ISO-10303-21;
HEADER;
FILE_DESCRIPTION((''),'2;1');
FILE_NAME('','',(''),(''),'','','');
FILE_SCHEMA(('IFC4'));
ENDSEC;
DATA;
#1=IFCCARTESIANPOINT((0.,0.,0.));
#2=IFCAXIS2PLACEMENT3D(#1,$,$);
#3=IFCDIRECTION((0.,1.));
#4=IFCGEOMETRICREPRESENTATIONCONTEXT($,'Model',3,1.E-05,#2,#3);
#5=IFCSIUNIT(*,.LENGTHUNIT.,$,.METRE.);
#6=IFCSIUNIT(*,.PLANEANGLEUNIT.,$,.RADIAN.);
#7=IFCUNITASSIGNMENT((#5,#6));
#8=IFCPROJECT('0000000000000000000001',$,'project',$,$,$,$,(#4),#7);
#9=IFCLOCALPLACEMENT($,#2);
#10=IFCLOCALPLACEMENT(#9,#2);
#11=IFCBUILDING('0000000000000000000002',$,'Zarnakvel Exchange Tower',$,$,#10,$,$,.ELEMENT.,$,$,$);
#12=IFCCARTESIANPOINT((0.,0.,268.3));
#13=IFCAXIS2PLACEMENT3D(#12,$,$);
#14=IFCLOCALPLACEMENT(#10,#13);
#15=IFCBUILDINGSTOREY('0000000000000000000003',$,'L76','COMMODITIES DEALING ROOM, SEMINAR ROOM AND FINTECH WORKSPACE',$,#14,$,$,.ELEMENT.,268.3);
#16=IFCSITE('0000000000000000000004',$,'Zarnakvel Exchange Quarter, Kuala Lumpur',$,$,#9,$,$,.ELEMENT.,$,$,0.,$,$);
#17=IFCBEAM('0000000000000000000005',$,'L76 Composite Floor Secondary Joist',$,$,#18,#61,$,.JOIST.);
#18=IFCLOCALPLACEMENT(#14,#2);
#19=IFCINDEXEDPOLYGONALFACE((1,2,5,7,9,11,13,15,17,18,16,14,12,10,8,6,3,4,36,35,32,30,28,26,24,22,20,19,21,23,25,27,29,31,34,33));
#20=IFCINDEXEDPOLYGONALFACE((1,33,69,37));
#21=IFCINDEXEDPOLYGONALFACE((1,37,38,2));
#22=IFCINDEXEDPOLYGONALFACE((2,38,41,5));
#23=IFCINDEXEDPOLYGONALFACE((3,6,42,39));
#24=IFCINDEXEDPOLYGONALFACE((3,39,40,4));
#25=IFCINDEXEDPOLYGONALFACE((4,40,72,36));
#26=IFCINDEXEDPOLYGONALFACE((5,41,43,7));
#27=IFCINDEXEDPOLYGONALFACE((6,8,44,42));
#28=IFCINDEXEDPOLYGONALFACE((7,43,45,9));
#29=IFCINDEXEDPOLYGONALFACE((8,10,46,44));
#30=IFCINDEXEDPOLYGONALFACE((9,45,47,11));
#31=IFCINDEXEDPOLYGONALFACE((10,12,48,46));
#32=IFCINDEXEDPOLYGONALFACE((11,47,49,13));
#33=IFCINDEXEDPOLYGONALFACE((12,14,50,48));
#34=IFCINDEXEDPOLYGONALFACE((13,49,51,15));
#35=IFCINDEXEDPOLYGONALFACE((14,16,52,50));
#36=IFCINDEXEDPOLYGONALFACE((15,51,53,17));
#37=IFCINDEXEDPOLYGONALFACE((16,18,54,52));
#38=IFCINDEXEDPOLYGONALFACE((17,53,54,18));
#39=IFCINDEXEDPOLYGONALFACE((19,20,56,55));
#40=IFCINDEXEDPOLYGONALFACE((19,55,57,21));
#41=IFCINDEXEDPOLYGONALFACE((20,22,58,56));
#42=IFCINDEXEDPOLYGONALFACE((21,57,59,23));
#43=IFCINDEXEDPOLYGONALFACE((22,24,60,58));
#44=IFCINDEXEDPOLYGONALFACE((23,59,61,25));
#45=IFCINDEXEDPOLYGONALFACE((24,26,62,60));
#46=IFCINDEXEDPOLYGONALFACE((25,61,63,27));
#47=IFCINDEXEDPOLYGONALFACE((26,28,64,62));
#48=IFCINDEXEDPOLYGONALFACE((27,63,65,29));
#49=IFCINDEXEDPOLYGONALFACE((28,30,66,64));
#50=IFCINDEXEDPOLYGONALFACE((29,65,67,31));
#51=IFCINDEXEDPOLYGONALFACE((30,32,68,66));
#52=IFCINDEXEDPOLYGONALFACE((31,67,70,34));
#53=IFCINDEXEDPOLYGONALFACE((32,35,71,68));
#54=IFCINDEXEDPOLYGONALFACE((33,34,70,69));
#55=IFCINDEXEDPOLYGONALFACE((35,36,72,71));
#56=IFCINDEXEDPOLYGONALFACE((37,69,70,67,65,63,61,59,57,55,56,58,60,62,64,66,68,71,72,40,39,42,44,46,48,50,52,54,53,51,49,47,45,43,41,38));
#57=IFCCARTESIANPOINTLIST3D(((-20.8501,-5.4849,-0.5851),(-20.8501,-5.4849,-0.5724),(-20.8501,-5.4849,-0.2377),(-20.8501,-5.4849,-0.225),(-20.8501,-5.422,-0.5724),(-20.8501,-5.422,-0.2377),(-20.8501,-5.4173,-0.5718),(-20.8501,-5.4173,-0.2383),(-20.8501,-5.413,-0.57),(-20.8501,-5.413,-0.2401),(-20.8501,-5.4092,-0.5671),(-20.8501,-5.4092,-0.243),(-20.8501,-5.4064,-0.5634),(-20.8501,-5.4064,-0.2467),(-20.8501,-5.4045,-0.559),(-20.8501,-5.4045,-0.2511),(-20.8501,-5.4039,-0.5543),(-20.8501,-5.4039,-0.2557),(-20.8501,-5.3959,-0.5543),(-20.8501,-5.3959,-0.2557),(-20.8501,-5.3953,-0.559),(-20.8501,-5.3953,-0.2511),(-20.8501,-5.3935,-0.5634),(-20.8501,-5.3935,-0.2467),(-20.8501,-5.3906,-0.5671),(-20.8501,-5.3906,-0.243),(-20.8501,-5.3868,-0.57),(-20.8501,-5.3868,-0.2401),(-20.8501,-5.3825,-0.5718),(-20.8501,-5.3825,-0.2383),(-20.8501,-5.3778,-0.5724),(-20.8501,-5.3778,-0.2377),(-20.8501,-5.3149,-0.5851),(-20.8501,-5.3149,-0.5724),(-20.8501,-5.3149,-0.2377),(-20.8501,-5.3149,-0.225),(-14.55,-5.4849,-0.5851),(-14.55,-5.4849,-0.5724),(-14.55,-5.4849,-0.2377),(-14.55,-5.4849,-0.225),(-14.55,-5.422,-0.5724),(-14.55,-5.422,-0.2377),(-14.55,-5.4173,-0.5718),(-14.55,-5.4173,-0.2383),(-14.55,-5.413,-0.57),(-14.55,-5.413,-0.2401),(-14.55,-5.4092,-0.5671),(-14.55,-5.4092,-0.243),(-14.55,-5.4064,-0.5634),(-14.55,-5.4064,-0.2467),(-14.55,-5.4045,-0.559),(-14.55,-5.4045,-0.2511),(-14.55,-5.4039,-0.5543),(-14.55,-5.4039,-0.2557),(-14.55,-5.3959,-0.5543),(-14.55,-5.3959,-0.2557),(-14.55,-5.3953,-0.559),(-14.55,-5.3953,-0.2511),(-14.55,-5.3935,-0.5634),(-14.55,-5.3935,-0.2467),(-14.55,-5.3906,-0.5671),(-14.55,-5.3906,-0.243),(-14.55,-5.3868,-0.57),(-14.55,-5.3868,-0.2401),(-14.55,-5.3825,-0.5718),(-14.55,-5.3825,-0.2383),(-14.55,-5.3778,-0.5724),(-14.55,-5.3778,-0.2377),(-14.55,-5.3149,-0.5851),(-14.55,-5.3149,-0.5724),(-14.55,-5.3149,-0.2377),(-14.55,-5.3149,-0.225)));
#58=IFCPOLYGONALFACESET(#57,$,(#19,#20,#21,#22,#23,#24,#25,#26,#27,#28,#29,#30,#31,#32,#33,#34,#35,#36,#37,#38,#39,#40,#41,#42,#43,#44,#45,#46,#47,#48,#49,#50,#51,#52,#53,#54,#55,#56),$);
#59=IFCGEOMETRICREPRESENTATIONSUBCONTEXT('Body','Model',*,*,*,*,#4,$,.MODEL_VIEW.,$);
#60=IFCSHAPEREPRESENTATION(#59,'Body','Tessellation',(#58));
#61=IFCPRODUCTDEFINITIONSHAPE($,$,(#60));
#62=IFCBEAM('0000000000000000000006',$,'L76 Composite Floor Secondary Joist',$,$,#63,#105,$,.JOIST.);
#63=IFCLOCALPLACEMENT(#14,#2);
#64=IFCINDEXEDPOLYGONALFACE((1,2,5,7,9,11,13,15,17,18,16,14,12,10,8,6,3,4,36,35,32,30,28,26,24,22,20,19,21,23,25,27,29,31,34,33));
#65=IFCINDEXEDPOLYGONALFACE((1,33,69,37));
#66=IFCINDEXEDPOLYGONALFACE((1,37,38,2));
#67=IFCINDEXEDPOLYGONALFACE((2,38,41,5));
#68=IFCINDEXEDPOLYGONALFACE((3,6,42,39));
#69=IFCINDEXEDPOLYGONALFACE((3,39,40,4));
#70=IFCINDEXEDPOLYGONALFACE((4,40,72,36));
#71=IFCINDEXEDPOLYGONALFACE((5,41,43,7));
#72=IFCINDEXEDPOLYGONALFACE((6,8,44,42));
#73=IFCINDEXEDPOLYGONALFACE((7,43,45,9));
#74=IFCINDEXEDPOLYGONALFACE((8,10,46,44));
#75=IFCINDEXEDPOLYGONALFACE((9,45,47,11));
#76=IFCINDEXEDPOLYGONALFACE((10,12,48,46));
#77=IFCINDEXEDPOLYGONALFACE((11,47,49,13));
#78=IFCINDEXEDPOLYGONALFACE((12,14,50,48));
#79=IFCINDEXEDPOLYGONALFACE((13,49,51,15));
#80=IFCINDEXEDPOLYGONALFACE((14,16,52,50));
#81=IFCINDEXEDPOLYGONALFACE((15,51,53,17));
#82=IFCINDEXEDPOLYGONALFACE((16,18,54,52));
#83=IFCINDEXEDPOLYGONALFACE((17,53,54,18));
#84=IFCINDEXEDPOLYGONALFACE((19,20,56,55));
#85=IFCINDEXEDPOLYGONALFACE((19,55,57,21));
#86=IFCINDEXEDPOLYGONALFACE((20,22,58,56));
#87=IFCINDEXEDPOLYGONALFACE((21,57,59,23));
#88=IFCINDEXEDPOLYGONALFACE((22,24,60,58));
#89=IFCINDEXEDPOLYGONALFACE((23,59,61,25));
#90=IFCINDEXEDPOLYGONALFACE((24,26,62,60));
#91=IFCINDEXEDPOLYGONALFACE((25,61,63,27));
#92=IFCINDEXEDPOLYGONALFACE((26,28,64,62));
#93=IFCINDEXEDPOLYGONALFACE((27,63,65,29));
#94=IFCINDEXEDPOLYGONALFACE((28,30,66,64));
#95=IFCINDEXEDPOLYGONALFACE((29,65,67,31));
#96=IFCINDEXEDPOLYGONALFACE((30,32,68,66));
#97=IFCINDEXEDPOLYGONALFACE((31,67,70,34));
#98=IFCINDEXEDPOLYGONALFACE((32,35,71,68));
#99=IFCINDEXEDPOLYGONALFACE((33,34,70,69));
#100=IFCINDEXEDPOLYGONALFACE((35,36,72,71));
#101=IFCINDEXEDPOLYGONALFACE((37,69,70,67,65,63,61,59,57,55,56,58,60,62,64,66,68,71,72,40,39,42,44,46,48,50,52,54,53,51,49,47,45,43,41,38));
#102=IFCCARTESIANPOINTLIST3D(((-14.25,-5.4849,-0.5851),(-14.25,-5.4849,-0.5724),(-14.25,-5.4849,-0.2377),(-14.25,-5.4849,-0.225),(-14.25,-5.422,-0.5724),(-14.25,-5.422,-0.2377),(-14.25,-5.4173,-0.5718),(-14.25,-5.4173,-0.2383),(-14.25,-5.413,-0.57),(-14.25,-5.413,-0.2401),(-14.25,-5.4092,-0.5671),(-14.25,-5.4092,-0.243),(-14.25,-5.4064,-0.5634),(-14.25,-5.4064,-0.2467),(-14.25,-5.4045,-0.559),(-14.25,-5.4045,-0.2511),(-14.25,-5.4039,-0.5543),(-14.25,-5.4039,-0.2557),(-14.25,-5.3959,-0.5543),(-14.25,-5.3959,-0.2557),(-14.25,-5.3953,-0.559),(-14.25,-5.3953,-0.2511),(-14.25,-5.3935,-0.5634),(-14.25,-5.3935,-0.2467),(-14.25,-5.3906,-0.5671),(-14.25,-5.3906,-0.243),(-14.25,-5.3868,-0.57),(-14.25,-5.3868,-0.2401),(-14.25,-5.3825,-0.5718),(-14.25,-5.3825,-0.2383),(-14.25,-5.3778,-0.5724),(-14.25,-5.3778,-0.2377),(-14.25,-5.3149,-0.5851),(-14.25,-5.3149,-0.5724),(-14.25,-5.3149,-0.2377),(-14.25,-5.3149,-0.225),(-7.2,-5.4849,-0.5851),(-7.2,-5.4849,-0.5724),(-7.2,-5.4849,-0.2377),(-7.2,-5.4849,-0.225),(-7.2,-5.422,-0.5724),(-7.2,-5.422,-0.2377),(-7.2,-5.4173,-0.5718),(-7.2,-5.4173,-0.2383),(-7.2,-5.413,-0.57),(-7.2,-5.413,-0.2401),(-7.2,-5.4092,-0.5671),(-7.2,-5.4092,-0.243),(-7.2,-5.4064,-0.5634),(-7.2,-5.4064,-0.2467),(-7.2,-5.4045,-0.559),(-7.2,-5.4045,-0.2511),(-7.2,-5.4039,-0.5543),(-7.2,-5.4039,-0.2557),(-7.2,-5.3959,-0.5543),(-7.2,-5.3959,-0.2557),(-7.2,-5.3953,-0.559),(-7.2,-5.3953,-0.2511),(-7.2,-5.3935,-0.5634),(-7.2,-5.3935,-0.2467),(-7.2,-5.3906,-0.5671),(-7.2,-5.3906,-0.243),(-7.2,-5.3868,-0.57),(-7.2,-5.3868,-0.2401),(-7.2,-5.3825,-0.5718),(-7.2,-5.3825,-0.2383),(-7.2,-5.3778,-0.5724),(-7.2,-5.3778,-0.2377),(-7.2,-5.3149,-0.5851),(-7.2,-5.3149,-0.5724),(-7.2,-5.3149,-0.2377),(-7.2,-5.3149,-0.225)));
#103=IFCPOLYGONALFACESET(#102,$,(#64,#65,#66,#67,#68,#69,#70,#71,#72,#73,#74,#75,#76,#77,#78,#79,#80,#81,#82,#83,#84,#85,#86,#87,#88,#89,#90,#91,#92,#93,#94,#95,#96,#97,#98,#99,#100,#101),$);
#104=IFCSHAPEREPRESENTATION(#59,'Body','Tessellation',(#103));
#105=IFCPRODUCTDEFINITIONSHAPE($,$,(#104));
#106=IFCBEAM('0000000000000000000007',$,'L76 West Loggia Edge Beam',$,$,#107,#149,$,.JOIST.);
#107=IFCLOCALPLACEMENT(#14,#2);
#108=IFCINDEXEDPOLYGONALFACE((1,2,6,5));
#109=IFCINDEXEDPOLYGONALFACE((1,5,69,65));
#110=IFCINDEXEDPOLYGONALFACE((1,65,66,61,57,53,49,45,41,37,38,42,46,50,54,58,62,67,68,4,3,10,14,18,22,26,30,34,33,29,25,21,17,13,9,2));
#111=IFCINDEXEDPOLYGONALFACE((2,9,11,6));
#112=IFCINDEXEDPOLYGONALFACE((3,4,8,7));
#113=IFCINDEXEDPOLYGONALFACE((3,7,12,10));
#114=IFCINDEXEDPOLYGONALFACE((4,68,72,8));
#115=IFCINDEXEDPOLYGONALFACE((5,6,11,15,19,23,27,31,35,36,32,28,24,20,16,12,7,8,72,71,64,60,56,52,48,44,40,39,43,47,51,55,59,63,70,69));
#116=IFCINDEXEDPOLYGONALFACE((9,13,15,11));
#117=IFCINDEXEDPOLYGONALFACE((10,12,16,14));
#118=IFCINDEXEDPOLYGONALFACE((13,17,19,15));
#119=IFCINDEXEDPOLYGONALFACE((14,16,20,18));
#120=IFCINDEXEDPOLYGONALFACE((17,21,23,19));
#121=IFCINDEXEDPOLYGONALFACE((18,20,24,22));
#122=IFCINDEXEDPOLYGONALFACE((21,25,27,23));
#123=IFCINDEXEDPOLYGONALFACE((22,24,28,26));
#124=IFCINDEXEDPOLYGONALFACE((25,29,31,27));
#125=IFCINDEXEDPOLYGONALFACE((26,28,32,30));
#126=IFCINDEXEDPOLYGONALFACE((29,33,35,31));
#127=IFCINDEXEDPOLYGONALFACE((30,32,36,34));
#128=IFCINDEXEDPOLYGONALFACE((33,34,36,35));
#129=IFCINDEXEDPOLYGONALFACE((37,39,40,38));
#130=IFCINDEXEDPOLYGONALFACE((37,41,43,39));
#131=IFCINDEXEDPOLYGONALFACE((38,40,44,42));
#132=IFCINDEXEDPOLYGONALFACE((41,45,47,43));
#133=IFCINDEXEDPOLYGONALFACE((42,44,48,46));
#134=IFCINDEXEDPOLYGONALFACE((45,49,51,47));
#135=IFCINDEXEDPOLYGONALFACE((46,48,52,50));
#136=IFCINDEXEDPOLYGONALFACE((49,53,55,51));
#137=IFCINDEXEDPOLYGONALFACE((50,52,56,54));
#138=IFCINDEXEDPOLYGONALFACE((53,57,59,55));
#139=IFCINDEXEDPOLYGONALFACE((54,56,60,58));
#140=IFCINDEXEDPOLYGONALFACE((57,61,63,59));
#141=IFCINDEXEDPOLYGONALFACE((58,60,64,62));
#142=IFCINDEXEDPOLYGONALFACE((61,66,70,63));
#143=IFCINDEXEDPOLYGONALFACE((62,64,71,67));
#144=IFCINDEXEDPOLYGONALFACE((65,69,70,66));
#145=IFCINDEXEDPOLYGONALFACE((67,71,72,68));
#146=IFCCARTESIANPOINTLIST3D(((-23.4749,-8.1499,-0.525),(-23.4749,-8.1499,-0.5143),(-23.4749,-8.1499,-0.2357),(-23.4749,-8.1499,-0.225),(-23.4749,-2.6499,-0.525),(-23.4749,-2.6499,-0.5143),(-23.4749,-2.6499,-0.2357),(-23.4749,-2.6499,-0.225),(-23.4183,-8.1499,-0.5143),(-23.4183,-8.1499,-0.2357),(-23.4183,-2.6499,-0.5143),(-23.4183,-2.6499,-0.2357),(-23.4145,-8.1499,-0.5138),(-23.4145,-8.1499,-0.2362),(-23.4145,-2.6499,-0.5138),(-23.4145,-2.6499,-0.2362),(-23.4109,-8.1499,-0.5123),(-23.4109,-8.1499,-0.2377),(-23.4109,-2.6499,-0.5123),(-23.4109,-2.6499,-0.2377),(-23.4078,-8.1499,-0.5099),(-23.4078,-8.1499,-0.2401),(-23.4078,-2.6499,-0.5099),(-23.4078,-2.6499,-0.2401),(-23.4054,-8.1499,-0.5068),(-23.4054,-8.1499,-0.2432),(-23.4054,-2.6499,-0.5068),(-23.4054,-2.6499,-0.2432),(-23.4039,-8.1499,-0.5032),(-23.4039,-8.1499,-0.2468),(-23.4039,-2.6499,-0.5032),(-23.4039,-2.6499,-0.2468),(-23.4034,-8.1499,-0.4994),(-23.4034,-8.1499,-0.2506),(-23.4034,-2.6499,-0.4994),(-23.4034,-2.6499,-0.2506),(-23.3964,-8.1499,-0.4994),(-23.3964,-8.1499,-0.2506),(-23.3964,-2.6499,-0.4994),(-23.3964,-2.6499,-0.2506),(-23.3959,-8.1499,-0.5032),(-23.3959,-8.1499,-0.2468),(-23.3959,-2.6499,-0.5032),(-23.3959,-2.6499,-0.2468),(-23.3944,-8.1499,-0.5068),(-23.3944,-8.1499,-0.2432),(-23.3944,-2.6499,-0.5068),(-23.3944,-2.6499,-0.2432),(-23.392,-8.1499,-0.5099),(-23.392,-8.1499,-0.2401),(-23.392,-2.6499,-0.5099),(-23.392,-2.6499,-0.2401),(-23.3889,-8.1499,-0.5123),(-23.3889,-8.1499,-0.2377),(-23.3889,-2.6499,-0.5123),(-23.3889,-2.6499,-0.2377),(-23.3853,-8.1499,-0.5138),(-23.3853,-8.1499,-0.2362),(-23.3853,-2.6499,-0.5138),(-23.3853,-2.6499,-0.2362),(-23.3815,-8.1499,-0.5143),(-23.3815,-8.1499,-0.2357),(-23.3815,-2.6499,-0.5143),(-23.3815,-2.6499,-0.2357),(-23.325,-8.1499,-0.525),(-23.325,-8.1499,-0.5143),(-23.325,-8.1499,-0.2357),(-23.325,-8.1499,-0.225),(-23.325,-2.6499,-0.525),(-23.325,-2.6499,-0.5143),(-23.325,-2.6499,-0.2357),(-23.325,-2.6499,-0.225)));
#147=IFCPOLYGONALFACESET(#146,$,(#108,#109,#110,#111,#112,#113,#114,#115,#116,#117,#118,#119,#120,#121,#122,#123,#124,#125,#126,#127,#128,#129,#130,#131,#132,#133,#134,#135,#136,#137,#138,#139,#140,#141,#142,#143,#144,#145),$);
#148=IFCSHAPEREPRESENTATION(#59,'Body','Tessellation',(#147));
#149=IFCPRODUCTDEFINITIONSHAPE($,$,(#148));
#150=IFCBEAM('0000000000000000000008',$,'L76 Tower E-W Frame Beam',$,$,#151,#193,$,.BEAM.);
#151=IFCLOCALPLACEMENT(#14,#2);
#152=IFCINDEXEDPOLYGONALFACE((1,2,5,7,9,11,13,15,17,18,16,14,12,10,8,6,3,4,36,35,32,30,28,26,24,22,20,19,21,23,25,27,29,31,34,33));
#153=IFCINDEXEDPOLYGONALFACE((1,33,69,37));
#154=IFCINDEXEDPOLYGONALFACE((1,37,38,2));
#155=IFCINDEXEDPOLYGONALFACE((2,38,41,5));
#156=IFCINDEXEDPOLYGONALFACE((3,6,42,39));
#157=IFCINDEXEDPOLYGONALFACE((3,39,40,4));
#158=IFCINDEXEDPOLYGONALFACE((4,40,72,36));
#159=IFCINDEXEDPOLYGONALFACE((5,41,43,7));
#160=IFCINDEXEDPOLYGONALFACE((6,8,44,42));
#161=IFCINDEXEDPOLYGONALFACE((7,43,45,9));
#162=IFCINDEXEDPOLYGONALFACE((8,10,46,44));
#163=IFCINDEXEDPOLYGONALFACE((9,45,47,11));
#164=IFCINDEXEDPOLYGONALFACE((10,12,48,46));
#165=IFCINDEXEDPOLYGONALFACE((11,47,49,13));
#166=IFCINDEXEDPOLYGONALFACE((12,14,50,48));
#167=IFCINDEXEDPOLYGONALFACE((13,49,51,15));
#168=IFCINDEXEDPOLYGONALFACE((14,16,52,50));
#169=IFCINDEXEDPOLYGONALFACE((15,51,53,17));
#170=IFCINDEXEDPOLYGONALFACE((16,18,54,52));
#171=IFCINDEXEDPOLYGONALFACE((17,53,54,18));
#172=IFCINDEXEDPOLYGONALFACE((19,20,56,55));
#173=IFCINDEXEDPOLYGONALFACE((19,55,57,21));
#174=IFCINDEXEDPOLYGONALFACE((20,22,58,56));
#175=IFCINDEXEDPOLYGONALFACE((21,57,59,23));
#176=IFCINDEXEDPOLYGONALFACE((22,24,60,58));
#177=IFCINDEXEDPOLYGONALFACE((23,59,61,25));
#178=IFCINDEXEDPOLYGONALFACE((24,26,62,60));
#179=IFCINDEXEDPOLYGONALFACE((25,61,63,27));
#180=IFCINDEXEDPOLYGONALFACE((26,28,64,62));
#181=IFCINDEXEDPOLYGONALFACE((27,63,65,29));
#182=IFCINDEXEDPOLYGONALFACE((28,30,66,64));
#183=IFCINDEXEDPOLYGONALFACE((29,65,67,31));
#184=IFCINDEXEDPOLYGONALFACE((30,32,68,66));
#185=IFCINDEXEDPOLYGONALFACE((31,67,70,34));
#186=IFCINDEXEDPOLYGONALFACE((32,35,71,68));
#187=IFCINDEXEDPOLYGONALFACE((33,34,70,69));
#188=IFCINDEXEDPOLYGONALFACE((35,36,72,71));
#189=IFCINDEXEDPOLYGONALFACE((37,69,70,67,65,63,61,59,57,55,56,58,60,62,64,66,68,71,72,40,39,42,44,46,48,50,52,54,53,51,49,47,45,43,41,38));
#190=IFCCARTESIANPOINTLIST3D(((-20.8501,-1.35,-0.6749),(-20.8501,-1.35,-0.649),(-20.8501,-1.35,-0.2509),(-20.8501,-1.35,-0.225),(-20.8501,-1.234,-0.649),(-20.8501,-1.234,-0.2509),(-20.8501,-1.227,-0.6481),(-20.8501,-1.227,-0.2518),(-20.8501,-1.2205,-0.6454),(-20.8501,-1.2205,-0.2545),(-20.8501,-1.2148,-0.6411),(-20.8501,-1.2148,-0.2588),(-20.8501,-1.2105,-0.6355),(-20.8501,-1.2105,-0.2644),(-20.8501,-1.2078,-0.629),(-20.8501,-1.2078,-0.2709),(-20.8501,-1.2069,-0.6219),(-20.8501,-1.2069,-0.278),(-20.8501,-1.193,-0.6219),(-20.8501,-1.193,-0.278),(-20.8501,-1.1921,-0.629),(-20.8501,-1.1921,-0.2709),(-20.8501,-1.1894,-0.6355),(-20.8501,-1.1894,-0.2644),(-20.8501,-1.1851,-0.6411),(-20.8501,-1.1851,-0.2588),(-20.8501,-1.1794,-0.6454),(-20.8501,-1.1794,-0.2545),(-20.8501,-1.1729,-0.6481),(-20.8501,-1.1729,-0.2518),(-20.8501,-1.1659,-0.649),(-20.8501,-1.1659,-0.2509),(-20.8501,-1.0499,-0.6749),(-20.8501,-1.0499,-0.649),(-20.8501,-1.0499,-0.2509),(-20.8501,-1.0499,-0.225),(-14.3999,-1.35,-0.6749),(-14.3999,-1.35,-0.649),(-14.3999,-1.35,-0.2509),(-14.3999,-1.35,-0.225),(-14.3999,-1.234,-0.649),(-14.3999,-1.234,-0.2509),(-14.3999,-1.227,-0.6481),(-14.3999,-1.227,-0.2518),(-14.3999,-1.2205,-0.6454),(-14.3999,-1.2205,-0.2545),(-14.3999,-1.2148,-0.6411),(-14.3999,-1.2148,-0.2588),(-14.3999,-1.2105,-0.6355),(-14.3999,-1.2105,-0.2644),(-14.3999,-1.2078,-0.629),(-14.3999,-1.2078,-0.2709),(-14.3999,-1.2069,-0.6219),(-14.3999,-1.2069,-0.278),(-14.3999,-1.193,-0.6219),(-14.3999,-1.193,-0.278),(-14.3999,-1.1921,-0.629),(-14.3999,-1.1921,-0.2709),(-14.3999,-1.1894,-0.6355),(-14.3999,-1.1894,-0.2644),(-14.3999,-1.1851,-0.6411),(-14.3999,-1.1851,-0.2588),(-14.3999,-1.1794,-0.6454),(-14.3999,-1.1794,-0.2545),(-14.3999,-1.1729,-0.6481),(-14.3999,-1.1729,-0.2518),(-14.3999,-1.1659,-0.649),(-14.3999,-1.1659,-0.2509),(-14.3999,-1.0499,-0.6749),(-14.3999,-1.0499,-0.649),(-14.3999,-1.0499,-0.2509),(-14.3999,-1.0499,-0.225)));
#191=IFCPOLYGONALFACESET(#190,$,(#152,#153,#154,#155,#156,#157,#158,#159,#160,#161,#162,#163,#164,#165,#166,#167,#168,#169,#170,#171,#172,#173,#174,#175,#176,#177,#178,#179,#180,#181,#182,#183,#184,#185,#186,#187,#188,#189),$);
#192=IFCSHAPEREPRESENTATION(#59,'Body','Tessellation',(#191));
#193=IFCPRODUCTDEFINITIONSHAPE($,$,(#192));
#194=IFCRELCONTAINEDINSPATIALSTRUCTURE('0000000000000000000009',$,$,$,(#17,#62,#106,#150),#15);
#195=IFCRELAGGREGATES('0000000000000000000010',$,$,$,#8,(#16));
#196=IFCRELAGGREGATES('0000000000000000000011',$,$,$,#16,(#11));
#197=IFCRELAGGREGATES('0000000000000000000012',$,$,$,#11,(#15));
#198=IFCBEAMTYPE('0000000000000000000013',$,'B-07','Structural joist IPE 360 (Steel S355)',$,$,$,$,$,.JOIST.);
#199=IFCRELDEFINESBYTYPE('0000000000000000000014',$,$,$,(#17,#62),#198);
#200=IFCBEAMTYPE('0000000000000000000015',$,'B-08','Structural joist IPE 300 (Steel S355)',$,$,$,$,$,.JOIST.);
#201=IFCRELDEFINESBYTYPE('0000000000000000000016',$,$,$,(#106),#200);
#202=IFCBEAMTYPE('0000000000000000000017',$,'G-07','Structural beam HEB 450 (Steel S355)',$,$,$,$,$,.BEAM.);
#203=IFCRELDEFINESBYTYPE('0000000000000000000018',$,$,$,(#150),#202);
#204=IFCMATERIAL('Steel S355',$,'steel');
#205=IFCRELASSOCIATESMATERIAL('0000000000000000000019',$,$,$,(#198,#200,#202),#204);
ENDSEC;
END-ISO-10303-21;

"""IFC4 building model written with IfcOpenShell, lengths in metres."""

from ifc_helpers import new_model, si_unit, direction, frame, origin, origin_2d, place, context, subcontext, project, spatial, i_section, extrude, material, material_profile, profile_set, type_object, element, save


model = new_model("IFC4")

# Units and contexts
model_context = context("Model", 3, precision=1e-05, world=origin(), true_north=direction((0.0, 1.0)))
body_context = subcontext(model_context, "Body", "Model", "MODEL_VIEW")
ifc_project = project(units=[si_unit("LENGTHUNIT", "METRE"), si_unit("PLANEANGLEUNIT", "RADIAN")], contexts=[model_context])

# Site, building, storey
site_placement = place(None, origin())
site = spatial("IfcSite", under=ifc_project, at=site_placement, Name="Zarnakvel Exchange Quarter, Kuala Lumpur", CompositionType="ELEMENT", RefElevation=0.0)
building_placement = place(site_placement, origin())
building = spatial("IfcBuilding", under=site, at=building_placement, Name="Zarnakvel Exchange Tower", CompositionType="ELEMENT")
storey_placement = place(building_placement, frame((0.0, 0.0, 268.3)))
storey = spatial("IfcBuildingStorey", under=building, at=storey_placement, Name="L76", Description="COMMODITIES DEALING ROOM, SEMINAR ROOM AND FINTECH WORKSPACE", CompositionType="ELEMENT", Elevation=268.3)

# Shared definitions
ifc_material_1 = material(Name="Steel S355", Category="steel")

# Beams
ifc_material_profile_1 = material_profile(ifc_material_1, i_section(OverallWidth=0.1699, OverallDepth=0.3601, WebThickness=0.0081, FlangeThickness=0.0127, FilletRadius=0.0181, at=origin_2d()))
ifc_profile_set_1 = profile_set([ifc_material_profile_1], Name="Steel S355")
beam_type_1 = type_object("IfcBeamType", Name="B-07", Description="Structural joist IPE 360 (Steel S355)", PredefinedType="JOIST", material=ifc_profile_set_1)
beam_1_placement = place(storey_placement, frame((-20.8501, -5.3999, -0.405), z_axis=(1.0, 0.0, 0.0), x_axis=(0.0, 1.0, 0.0)))
element("IfcBeam", 1, at=beam_1_placement, inside=storey, type_object=beam_type_1, Name="L76 Composite Floor Secondary Joist", PredefinedType="JOIST", context=body_context, shape_type="SweptSolid", body=[
    extrude(i_section(OverallWidth=0.1699, OverallDepth=0.3601, WebThickness=0.0081, FlangeThickness=0.0127, FilletRadius=0.0181, at=origin_2d()), origin(), (0.0, 0.0, 1.0), 6.3),
])
beam_2_placement = place(storey_placement, frame((-14.25, -5.3999, -0.405), z_axis=(1.0, 0.0, 0.0), x_axis=(0.0, 1.0, 0.0)))
element("IfcBeam", 2, at=beam_2_placement, inside=storey, type_object=beam_type_1, Name="L76 Composite Floor Secondary Joist", PredefinedType="JOIST", context=body_context, shape_type="SweptSolid", body=[
    extrude(i_section(OverallWidth=0.1699, OverallDepth=0.3601, WebThickness=0.0081, FlangeThickness=0.0127, FilletRadius=0.0181, at=origin_2d()), origin(), (0.0, 0.0, 1.0), 7.05),
])
ifc_material_profile_2 = material_profile(ifc_material_1, i_section(OverallWidth=0.1499, OverallDepth=0.3, WebThickness=0.0071, FlangeThickness=0.0107, FilletRadius=0.0149, at=origin_2d()))
ifc_profile_set_2 = profile_set([ifc_material_profile_2], Name="Steel S355")
beam_type_2 = type_object("IfcBeamType", Name="B-08", Description="Structural joist IPE 300 (Steel S355)", PredefinedType="JOIST", material=ifc_profile_set_2)
beam_3_placement = place(storey_placement, frame((-23.3999, -8.1499, -0.375), z_axis=(0.0, 1.0, 0.0), x_axis=(-1.0, 0.0, 0.0)))
element("IfcBeam", 3, at=beam_3_placement, inside=storey, type_object=beam_type_2, Name="L76 West Loggia Edge Beam", PredefinedType="JOIST", context=body_context, shape_type="SweptSolid", body=[
    extrude(i_section(OverallWidth=0.1499, OverallDepth=0.3, WebThickness=0.0071, FlangeThickness=0.0107, FilletRadius=0.0149, at=origin_2d()), origin(), (0.0, 0.0, 1.0), 5.5),
])
ifc_material_profile_3 = material_profile(ifc_material_1, i_section(OverallWidth=0.3, OverallDepth=0.45, WebThickness=0.0139, FlangeThickness=0.0259, FilletRadius=0.0271, at=origin_2d()))
ifc_profile_set_3 = profile_set([ifc_material_profile_3], Name="Steel S355")
beam_type_3 = type_object("IfcBeamType", Name="G-07", Description="Structural beam HEB 450 (Steel S355)", PredefinedType="BEAM", material=ifc_profile_set_3)
beam_4_placement = place(storey_placement, frame((-20.8501, -1.2, -0.45), z_axis=(1.0, 0.0, 0.0), x_axis=(0.0, 1.0, 0.0)))
element("IfcBeam", 4, at=beam_4_placement, inside=storey, type_object=beam_type_3, Name="L76 Tower E-W Frame Beam", PredefinedType="BEAM", context=body_context, shape_type="SweptSolid", body=[
    extrude(i_section(OverallWidth=0.3, OverallDepth=0.45, WebThickness=0.0139, FlangeThickness=0.0259, FilletRadius=0.0271, at=origin_2d()), origin(), (0.0, 0.0, 1.0), 6.4502),
])

save(model, "model.ifc")
